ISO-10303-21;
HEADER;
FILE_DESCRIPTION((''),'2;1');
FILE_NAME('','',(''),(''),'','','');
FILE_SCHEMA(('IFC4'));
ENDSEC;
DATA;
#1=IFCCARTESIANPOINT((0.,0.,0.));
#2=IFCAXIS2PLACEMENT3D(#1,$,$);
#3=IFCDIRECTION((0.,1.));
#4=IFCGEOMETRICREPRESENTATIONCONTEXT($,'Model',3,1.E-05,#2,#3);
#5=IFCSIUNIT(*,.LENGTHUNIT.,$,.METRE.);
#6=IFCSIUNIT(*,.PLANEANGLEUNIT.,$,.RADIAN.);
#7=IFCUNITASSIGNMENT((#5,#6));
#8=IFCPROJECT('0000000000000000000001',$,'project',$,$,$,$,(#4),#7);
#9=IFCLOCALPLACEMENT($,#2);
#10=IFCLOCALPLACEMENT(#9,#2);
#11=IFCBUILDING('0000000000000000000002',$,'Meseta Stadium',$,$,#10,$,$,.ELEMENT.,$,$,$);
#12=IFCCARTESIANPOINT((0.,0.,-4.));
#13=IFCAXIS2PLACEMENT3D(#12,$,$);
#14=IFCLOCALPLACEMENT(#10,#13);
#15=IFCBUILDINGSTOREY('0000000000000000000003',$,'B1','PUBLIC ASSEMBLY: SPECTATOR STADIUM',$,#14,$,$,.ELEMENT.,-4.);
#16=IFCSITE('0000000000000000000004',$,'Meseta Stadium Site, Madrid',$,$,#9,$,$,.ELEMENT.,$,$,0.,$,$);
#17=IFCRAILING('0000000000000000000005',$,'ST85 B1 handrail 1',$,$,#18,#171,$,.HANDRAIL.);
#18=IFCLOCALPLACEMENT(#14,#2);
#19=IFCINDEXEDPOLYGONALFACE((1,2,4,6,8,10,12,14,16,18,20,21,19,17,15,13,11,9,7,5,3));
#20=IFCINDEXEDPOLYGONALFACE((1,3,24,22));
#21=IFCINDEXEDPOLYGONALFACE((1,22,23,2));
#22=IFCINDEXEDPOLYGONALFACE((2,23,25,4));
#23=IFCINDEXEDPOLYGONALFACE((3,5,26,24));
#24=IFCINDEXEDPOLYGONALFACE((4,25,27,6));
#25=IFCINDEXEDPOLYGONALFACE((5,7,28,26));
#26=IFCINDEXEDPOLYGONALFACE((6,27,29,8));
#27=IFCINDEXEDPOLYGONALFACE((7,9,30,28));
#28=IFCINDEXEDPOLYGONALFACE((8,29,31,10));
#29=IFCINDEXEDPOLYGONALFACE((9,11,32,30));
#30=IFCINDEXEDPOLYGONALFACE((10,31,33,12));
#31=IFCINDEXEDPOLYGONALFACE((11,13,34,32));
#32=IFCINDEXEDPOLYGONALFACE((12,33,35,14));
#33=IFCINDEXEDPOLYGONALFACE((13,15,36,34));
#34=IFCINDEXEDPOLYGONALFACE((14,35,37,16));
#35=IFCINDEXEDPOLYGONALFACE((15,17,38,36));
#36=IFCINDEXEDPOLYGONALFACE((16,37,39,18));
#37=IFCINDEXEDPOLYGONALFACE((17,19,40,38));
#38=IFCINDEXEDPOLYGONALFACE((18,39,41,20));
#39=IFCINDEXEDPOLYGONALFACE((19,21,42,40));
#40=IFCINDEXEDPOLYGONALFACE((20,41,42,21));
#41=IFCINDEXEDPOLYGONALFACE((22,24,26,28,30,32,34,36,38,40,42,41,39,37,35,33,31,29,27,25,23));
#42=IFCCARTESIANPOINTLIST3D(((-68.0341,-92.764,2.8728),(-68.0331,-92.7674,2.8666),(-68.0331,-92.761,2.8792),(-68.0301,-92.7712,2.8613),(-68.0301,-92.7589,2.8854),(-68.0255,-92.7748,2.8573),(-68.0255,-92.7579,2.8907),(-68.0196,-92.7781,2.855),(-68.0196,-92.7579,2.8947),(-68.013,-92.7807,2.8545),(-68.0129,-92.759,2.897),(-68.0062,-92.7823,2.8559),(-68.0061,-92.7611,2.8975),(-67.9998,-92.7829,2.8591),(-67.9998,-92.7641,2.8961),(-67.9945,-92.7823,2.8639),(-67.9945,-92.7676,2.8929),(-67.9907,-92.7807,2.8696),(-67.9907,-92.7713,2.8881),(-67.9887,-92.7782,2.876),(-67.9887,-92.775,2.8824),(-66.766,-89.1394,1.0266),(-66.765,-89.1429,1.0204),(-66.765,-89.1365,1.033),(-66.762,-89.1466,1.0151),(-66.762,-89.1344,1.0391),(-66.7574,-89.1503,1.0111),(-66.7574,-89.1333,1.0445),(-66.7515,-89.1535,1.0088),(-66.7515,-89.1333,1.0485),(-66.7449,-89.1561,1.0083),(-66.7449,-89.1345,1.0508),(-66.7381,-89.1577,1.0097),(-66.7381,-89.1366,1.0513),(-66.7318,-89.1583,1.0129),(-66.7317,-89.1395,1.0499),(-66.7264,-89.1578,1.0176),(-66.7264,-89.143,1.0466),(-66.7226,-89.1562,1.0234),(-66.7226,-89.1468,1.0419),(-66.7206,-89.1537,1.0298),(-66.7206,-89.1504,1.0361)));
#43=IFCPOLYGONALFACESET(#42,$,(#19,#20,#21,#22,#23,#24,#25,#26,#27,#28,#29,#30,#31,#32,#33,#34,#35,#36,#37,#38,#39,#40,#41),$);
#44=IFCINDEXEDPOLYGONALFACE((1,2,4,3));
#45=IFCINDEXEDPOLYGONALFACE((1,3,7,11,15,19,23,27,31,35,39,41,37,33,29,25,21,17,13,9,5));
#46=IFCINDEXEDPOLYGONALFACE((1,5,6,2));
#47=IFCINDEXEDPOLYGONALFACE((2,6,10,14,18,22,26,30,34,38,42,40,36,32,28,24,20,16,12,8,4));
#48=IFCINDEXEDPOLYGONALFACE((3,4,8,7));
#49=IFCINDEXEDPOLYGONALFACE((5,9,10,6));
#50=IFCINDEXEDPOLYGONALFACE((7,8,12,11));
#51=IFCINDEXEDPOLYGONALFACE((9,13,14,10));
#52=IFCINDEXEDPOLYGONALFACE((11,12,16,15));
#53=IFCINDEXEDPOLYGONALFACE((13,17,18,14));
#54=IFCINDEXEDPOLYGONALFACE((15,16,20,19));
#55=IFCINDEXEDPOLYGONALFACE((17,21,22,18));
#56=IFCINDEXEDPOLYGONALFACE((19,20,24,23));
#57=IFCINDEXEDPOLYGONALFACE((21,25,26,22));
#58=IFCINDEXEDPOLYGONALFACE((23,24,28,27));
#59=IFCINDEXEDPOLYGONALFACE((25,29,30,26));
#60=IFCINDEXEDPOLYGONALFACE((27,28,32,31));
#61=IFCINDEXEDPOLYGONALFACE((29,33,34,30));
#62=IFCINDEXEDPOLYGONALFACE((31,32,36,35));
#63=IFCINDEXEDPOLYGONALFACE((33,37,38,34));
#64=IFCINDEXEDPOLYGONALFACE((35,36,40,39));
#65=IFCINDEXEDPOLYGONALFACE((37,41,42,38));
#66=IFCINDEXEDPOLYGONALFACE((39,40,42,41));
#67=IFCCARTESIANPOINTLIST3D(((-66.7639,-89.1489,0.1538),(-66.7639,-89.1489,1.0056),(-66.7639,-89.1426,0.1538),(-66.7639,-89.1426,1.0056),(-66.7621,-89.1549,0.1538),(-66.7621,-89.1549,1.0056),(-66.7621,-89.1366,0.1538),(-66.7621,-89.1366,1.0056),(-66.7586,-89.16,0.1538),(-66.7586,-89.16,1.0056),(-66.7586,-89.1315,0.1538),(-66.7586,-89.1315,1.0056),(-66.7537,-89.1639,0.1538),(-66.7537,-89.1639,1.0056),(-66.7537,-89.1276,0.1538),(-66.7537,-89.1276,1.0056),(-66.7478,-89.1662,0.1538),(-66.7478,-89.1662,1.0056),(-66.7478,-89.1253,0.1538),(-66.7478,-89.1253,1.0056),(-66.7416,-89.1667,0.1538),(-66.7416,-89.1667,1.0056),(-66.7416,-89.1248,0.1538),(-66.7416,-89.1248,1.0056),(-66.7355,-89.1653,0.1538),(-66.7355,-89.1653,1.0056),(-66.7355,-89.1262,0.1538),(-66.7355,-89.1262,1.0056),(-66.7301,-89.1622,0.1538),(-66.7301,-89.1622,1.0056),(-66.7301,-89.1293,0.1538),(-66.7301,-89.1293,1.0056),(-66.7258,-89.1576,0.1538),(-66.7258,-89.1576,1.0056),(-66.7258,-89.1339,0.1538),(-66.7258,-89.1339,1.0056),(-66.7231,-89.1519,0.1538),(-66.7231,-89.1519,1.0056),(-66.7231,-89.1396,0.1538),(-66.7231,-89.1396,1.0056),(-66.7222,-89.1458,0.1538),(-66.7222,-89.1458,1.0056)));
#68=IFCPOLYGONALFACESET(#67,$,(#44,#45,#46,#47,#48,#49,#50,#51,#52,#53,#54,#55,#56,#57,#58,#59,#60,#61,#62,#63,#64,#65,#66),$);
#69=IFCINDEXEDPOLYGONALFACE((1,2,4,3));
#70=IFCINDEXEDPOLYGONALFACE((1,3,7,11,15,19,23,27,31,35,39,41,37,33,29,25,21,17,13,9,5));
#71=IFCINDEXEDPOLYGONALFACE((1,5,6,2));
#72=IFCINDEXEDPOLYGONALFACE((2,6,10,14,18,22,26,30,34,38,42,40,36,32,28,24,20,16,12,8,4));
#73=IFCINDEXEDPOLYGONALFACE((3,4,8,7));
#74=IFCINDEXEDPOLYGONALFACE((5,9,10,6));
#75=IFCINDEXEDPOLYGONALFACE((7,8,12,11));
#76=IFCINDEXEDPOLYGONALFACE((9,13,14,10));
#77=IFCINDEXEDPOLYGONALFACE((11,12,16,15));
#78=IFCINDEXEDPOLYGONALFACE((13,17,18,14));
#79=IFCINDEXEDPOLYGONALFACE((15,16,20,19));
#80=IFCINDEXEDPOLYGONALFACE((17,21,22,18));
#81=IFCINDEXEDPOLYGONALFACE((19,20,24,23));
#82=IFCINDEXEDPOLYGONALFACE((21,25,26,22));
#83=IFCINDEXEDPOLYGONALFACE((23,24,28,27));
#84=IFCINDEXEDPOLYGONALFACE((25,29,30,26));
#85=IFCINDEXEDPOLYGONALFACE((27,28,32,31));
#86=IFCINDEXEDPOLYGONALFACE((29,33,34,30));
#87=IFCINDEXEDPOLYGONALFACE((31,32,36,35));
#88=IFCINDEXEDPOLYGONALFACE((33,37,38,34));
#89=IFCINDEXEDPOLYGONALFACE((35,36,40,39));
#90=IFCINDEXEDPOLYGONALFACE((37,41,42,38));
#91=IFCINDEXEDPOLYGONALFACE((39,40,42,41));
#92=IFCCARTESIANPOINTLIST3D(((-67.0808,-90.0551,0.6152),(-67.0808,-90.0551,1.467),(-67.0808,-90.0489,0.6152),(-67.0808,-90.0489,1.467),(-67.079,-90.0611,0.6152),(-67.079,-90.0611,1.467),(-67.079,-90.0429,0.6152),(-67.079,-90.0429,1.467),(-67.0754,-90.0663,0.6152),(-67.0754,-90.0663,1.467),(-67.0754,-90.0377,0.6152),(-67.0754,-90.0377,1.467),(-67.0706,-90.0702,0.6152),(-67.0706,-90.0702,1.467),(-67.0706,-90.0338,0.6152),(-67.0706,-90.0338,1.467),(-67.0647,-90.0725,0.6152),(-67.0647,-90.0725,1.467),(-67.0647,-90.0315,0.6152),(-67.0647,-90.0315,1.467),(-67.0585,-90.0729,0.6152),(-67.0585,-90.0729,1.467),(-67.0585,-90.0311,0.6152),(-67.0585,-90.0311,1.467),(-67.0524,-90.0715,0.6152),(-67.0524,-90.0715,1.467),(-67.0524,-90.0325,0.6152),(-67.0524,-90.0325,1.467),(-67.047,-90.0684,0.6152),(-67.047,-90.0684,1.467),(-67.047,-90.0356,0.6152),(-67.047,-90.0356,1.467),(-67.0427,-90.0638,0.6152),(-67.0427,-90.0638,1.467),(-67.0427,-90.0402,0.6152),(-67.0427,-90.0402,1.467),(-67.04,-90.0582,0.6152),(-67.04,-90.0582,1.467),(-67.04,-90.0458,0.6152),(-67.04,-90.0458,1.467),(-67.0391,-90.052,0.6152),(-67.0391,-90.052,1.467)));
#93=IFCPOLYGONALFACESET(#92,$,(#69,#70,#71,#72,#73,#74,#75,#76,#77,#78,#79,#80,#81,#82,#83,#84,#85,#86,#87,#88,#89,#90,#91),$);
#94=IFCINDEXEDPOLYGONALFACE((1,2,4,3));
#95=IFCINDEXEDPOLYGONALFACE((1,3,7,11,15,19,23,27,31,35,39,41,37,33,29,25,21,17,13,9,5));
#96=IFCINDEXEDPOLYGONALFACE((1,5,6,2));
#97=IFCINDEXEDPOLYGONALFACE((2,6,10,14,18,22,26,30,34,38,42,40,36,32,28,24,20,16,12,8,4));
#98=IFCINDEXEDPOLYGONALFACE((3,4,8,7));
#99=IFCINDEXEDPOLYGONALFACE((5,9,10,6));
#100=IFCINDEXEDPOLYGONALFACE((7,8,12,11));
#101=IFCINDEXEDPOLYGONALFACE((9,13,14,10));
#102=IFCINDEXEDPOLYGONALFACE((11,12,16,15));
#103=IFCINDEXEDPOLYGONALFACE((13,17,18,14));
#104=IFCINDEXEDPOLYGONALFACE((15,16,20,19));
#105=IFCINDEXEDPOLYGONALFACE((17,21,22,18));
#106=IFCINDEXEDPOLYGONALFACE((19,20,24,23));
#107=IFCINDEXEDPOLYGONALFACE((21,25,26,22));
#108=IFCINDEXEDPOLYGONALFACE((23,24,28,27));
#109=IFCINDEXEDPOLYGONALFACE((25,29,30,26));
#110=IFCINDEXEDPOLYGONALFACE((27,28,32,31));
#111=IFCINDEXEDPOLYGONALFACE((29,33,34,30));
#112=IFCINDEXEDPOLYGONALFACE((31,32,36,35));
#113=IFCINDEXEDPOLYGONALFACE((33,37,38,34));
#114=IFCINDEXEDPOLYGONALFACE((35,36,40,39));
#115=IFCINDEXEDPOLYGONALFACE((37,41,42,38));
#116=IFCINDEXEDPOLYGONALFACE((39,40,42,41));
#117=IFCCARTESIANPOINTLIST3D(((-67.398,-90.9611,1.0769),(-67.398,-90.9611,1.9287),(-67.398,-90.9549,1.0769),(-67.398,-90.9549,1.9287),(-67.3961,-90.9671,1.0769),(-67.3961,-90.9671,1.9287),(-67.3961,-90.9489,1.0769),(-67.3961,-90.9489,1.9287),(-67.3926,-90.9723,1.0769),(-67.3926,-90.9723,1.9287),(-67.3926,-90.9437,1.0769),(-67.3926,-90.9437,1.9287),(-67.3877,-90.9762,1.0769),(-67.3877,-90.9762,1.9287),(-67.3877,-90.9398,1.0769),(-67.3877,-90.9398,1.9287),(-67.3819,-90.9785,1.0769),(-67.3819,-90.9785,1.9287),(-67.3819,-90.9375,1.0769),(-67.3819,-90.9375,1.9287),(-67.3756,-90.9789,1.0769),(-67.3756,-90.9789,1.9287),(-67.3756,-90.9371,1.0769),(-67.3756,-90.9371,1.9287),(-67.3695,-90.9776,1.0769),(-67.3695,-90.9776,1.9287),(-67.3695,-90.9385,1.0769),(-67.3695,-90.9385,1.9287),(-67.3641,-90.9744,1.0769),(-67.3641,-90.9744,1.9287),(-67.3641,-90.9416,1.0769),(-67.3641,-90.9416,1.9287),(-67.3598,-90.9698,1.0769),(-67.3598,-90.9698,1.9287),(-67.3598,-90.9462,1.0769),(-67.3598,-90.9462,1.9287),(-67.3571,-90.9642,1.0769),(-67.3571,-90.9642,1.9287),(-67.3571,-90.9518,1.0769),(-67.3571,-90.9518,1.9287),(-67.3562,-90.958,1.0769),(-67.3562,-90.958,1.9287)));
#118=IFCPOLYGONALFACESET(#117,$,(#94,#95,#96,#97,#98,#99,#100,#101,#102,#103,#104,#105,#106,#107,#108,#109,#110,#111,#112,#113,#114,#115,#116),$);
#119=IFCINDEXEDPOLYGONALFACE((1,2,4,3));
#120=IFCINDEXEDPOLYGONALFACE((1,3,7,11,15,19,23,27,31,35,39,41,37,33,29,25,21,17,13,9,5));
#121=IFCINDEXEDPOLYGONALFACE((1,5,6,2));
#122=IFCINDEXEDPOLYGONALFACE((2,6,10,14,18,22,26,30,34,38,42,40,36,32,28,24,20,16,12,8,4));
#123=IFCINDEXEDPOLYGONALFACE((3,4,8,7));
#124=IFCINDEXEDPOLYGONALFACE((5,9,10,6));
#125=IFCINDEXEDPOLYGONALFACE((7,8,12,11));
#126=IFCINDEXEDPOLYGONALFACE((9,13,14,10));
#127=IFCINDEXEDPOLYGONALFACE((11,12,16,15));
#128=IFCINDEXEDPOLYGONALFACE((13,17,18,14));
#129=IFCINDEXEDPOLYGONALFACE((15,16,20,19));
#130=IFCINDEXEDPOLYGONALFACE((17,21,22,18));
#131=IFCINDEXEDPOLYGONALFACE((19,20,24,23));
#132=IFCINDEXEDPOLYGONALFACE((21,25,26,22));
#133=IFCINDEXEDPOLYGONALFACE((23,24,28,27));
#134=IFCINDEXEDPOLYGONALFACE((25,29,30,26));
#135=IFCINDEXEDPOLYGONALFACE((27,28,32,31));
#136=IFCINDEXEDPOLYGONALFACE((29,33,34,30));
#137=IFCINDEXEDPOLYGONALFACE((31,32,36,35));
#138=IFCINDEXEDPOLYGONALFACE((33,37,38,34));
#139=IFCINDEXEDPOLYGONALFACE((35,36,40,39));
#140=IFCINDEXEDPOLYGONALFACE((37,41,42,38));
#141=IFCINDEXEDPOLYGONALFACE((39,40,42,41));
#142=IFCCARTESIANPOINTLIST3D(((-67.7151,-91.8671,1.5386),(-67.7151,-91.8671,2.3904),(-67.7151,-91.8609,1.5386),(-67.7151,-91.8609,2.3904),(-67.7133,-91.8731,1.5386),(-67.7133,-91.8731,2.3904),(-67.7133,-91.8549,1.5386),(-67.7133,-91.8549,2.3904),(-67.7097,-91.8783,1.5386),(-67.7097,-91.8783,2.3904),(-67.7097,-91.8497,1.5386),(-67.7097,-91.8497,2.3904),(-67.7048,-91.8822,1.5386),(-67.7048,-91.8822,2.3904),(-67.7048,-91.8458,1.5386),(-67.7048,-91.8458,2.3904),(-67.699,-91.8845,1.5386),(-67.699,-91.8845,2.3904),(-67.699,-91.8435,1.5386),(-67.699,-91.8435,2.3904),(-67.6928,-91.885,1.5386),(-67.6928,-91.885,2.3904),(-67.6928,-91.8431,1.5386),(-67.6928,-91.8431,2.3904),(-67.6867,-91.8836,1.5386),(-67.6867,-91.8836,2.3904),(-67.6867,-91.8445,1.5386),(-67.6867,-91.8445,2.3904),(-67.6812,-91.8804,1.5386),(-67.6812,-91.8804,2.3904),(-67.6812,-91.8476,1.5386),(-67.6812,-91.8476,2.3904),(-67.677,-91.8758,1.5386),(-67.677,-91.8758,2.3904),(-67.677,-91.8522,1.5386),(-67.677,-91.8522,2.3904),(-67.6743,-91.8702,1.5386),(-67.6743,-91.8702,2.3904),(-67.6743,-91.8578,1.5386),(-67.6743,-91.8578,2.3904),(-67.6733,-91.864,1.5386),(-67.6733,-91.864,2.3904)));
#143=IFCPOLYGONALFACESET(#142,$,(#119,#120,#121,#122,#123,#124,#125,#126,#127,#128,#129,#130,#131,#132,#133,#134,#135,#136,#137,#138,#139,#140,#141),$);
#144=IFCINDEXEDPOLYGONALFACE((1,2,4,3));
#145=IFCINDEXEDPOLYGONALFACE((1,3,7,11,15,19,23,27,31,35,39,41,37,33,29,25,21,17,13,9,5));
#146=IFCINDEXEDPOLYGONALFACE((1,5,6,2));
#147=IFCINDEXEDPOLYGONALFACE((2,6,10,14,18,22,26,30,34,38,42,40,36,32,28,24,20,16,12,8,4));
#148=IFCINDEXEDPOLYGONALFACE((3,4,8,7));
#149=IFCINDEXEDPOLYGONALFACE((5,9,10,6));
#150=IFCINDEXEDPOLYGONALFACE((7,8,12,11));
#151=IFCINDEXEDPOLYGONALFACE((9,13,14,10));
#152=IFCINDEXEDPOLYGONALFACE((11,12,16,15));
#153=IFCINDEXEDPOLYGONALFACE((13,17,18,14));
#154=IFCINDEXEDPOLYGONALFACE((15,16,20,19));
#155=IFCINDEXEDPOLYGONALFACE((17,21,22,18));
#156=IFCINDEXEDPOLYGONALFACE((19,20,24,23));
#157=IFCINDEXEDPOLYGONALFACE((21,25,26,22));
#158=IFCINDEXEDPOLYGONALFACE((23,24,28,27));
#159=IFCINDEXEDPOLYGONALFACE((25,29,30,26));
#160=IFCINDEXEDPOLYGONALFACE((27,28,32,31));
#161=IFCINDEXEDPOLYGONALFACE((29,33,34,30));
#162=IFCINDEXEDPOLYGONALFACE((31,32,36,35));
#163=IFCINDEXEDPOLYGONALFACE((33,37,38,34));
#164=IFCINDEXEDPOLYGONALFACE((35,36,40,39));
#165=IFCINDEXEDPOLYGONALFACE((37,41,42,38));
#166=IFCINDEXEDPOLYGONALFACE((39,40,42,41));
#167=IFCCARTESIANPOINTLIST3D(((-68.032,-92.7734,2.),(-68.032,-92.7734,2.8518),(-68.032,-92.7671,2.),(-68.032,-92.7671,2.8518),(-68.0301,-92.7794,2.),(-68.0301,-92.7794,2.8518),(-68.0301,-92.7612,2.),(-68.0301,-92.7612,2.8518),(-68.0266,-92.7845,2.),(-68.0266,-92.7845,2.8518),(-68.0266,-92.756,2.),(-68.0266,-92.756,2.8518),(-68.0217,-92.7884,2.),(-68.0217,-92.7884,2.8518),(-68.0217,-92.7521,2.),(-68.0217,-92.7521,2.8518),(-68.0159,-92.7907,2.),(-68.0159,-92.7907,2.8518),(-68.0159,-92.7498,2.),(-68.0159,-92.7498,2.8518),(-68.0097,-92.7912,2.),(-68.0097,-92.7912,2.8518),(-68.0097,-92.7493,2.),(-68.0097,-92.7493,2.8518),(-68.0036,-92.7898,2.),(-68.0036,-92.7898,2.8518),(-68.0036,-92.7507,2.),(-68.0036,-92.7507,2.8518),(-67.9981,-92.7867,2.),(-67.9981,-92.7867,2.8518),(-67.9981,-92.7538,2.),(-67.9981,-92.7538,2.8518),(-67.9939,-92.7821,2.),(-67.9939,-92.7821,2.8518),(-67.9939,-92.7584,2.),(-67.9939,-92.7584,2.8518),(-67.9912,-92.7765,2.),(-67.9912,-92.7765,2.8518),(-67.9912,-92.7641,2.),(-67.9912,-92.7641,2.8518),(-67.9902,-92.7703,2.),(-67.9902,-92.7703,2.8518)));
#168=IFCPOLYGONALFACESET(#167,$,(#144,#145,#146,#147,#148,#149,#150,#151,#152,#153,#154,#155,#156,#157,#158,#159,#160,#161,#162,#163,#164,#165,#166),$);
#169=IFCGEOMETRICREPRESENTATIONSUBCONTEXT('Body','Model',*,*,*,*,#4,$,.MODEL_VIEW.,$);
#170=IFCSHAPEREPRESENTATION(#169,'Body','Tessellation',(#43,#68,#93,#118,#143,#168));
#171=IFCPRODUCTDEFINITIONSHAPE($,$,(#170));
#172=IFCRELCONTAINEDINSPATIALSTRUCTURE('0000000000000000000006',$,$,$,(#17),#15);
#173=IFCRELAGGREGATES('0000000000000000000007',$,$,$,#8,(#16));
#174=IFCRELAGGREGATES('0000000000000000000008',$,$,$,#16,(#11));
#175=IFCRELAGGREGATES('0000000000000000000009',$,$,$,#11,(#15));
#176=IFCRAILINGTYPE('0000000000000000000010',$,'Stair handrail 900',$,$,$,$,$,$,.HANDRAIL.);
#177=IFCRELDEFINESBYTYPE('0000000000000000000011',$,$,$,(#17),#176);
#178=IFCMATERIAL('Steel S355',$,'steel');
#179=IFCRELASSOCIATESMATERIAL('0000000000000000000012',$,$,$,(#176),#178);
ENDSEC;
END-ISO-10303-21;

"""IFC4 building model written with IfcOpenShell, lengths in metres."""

from ifc_helpers import new_model, si_unit, direction, frame, origin, origin_2d, place, context, subcontext, project, spatial, circle, extrude, material, type_object, element, save


model = new_model("IFC4")

# Units and contexts
model_context = context("Model", 3, precision=1e-05, world=origin(), true_north=direction((0.0, 1.0)))
body_context = subcontext(model_context, "Body", "Model", "MODEL_VIEW")
ifc_project = project(units=[si_unit("LENGTHUNIT", "METRE"), si_unit("PLANEANGLEUNIT", "RADIAN")], contexts=[model_context])

# Site, building, storey
site_placement = place(None, origin())
site = spatial("IfcSite", under=ifc_project, at=site_placement, Name="Meseta Stadium Site, Madrid", CompositionType="ELEMENT", RefElevation=0.0)
building_placement = place(site_placement, origin())
building = spatial("IfcBuilding", under=site, at=building_placement, Name="Meseta Stadium", CompositionType="ELEMENT")
storey_placement = place(building_placement, frame((0.0, 0.0, -4.0)))
storey = spatial("IfcBuildingStorey", under=building, at=storey_placement, Name="B1", Description="PUBLIC ASSEMBLY: SPECTATOR STADIUM", CompositionType="ELEMENT", Elevation=-4.0)

# Railing
ifc_material_1 = material(Name="Steel S355", Category="steel")
railing_type_1 = type_object("IfcRailingType", Name="Stair handrail 900", PredefinedType="HANDRAIL", material=ifc_material_1)
railing_1_placement = place(storey_placement, frame((-66.7432, -89.1458, 0.1538)))
element("IfcRailing", 1, at=railing_1_placement, inside=storey, type_object=railing_type_1, Name="ST85 B1 handrail 1", PredefinedType="HANDRAIL", context=body_context, shape_type="SweptSolid", body=[
    extrude(circle(Radius=0.0239, at=origin_2d()), frame((0.0, 0.0, 0.876), z_axis=(-0.29762, -0.850686, 0.433308), x_axis=(0.9439, -0.330231, 0.0)), (0.0, 0.0, 1.0), 4.2607),
    extrude(circle(Radius=0.021, at=origin_2d()), origin(), (0.0, 0.0, 1.0), 0.8518),
    extrude(circle(Radius=0.021, at=origin_2d()), frame((-0.3169, -0.9062, 0.4614)), (0.0, 0.0, 1.0), 0.8518),
    extrude(circle(Radius=0.021, at=origin_2d()), frame((-0.634, -1.8123, 0.9231)), (0.0, 0.0, 1.0), 0.8518),
    extrude(circle(Radius=0.021, at=origin_2d()), frame((-0.9512, -2.7183, 1.3848)), (0.0, 0.0, 1.0), 0.8518),
    extrude(circle(Radius=0.021, at=origin_2d()), frame((-1.2681, -3.6245, 1.8462)), (0.0, 0.0, 1.0), 0.8518),
])

save(model, "model.ifc")
